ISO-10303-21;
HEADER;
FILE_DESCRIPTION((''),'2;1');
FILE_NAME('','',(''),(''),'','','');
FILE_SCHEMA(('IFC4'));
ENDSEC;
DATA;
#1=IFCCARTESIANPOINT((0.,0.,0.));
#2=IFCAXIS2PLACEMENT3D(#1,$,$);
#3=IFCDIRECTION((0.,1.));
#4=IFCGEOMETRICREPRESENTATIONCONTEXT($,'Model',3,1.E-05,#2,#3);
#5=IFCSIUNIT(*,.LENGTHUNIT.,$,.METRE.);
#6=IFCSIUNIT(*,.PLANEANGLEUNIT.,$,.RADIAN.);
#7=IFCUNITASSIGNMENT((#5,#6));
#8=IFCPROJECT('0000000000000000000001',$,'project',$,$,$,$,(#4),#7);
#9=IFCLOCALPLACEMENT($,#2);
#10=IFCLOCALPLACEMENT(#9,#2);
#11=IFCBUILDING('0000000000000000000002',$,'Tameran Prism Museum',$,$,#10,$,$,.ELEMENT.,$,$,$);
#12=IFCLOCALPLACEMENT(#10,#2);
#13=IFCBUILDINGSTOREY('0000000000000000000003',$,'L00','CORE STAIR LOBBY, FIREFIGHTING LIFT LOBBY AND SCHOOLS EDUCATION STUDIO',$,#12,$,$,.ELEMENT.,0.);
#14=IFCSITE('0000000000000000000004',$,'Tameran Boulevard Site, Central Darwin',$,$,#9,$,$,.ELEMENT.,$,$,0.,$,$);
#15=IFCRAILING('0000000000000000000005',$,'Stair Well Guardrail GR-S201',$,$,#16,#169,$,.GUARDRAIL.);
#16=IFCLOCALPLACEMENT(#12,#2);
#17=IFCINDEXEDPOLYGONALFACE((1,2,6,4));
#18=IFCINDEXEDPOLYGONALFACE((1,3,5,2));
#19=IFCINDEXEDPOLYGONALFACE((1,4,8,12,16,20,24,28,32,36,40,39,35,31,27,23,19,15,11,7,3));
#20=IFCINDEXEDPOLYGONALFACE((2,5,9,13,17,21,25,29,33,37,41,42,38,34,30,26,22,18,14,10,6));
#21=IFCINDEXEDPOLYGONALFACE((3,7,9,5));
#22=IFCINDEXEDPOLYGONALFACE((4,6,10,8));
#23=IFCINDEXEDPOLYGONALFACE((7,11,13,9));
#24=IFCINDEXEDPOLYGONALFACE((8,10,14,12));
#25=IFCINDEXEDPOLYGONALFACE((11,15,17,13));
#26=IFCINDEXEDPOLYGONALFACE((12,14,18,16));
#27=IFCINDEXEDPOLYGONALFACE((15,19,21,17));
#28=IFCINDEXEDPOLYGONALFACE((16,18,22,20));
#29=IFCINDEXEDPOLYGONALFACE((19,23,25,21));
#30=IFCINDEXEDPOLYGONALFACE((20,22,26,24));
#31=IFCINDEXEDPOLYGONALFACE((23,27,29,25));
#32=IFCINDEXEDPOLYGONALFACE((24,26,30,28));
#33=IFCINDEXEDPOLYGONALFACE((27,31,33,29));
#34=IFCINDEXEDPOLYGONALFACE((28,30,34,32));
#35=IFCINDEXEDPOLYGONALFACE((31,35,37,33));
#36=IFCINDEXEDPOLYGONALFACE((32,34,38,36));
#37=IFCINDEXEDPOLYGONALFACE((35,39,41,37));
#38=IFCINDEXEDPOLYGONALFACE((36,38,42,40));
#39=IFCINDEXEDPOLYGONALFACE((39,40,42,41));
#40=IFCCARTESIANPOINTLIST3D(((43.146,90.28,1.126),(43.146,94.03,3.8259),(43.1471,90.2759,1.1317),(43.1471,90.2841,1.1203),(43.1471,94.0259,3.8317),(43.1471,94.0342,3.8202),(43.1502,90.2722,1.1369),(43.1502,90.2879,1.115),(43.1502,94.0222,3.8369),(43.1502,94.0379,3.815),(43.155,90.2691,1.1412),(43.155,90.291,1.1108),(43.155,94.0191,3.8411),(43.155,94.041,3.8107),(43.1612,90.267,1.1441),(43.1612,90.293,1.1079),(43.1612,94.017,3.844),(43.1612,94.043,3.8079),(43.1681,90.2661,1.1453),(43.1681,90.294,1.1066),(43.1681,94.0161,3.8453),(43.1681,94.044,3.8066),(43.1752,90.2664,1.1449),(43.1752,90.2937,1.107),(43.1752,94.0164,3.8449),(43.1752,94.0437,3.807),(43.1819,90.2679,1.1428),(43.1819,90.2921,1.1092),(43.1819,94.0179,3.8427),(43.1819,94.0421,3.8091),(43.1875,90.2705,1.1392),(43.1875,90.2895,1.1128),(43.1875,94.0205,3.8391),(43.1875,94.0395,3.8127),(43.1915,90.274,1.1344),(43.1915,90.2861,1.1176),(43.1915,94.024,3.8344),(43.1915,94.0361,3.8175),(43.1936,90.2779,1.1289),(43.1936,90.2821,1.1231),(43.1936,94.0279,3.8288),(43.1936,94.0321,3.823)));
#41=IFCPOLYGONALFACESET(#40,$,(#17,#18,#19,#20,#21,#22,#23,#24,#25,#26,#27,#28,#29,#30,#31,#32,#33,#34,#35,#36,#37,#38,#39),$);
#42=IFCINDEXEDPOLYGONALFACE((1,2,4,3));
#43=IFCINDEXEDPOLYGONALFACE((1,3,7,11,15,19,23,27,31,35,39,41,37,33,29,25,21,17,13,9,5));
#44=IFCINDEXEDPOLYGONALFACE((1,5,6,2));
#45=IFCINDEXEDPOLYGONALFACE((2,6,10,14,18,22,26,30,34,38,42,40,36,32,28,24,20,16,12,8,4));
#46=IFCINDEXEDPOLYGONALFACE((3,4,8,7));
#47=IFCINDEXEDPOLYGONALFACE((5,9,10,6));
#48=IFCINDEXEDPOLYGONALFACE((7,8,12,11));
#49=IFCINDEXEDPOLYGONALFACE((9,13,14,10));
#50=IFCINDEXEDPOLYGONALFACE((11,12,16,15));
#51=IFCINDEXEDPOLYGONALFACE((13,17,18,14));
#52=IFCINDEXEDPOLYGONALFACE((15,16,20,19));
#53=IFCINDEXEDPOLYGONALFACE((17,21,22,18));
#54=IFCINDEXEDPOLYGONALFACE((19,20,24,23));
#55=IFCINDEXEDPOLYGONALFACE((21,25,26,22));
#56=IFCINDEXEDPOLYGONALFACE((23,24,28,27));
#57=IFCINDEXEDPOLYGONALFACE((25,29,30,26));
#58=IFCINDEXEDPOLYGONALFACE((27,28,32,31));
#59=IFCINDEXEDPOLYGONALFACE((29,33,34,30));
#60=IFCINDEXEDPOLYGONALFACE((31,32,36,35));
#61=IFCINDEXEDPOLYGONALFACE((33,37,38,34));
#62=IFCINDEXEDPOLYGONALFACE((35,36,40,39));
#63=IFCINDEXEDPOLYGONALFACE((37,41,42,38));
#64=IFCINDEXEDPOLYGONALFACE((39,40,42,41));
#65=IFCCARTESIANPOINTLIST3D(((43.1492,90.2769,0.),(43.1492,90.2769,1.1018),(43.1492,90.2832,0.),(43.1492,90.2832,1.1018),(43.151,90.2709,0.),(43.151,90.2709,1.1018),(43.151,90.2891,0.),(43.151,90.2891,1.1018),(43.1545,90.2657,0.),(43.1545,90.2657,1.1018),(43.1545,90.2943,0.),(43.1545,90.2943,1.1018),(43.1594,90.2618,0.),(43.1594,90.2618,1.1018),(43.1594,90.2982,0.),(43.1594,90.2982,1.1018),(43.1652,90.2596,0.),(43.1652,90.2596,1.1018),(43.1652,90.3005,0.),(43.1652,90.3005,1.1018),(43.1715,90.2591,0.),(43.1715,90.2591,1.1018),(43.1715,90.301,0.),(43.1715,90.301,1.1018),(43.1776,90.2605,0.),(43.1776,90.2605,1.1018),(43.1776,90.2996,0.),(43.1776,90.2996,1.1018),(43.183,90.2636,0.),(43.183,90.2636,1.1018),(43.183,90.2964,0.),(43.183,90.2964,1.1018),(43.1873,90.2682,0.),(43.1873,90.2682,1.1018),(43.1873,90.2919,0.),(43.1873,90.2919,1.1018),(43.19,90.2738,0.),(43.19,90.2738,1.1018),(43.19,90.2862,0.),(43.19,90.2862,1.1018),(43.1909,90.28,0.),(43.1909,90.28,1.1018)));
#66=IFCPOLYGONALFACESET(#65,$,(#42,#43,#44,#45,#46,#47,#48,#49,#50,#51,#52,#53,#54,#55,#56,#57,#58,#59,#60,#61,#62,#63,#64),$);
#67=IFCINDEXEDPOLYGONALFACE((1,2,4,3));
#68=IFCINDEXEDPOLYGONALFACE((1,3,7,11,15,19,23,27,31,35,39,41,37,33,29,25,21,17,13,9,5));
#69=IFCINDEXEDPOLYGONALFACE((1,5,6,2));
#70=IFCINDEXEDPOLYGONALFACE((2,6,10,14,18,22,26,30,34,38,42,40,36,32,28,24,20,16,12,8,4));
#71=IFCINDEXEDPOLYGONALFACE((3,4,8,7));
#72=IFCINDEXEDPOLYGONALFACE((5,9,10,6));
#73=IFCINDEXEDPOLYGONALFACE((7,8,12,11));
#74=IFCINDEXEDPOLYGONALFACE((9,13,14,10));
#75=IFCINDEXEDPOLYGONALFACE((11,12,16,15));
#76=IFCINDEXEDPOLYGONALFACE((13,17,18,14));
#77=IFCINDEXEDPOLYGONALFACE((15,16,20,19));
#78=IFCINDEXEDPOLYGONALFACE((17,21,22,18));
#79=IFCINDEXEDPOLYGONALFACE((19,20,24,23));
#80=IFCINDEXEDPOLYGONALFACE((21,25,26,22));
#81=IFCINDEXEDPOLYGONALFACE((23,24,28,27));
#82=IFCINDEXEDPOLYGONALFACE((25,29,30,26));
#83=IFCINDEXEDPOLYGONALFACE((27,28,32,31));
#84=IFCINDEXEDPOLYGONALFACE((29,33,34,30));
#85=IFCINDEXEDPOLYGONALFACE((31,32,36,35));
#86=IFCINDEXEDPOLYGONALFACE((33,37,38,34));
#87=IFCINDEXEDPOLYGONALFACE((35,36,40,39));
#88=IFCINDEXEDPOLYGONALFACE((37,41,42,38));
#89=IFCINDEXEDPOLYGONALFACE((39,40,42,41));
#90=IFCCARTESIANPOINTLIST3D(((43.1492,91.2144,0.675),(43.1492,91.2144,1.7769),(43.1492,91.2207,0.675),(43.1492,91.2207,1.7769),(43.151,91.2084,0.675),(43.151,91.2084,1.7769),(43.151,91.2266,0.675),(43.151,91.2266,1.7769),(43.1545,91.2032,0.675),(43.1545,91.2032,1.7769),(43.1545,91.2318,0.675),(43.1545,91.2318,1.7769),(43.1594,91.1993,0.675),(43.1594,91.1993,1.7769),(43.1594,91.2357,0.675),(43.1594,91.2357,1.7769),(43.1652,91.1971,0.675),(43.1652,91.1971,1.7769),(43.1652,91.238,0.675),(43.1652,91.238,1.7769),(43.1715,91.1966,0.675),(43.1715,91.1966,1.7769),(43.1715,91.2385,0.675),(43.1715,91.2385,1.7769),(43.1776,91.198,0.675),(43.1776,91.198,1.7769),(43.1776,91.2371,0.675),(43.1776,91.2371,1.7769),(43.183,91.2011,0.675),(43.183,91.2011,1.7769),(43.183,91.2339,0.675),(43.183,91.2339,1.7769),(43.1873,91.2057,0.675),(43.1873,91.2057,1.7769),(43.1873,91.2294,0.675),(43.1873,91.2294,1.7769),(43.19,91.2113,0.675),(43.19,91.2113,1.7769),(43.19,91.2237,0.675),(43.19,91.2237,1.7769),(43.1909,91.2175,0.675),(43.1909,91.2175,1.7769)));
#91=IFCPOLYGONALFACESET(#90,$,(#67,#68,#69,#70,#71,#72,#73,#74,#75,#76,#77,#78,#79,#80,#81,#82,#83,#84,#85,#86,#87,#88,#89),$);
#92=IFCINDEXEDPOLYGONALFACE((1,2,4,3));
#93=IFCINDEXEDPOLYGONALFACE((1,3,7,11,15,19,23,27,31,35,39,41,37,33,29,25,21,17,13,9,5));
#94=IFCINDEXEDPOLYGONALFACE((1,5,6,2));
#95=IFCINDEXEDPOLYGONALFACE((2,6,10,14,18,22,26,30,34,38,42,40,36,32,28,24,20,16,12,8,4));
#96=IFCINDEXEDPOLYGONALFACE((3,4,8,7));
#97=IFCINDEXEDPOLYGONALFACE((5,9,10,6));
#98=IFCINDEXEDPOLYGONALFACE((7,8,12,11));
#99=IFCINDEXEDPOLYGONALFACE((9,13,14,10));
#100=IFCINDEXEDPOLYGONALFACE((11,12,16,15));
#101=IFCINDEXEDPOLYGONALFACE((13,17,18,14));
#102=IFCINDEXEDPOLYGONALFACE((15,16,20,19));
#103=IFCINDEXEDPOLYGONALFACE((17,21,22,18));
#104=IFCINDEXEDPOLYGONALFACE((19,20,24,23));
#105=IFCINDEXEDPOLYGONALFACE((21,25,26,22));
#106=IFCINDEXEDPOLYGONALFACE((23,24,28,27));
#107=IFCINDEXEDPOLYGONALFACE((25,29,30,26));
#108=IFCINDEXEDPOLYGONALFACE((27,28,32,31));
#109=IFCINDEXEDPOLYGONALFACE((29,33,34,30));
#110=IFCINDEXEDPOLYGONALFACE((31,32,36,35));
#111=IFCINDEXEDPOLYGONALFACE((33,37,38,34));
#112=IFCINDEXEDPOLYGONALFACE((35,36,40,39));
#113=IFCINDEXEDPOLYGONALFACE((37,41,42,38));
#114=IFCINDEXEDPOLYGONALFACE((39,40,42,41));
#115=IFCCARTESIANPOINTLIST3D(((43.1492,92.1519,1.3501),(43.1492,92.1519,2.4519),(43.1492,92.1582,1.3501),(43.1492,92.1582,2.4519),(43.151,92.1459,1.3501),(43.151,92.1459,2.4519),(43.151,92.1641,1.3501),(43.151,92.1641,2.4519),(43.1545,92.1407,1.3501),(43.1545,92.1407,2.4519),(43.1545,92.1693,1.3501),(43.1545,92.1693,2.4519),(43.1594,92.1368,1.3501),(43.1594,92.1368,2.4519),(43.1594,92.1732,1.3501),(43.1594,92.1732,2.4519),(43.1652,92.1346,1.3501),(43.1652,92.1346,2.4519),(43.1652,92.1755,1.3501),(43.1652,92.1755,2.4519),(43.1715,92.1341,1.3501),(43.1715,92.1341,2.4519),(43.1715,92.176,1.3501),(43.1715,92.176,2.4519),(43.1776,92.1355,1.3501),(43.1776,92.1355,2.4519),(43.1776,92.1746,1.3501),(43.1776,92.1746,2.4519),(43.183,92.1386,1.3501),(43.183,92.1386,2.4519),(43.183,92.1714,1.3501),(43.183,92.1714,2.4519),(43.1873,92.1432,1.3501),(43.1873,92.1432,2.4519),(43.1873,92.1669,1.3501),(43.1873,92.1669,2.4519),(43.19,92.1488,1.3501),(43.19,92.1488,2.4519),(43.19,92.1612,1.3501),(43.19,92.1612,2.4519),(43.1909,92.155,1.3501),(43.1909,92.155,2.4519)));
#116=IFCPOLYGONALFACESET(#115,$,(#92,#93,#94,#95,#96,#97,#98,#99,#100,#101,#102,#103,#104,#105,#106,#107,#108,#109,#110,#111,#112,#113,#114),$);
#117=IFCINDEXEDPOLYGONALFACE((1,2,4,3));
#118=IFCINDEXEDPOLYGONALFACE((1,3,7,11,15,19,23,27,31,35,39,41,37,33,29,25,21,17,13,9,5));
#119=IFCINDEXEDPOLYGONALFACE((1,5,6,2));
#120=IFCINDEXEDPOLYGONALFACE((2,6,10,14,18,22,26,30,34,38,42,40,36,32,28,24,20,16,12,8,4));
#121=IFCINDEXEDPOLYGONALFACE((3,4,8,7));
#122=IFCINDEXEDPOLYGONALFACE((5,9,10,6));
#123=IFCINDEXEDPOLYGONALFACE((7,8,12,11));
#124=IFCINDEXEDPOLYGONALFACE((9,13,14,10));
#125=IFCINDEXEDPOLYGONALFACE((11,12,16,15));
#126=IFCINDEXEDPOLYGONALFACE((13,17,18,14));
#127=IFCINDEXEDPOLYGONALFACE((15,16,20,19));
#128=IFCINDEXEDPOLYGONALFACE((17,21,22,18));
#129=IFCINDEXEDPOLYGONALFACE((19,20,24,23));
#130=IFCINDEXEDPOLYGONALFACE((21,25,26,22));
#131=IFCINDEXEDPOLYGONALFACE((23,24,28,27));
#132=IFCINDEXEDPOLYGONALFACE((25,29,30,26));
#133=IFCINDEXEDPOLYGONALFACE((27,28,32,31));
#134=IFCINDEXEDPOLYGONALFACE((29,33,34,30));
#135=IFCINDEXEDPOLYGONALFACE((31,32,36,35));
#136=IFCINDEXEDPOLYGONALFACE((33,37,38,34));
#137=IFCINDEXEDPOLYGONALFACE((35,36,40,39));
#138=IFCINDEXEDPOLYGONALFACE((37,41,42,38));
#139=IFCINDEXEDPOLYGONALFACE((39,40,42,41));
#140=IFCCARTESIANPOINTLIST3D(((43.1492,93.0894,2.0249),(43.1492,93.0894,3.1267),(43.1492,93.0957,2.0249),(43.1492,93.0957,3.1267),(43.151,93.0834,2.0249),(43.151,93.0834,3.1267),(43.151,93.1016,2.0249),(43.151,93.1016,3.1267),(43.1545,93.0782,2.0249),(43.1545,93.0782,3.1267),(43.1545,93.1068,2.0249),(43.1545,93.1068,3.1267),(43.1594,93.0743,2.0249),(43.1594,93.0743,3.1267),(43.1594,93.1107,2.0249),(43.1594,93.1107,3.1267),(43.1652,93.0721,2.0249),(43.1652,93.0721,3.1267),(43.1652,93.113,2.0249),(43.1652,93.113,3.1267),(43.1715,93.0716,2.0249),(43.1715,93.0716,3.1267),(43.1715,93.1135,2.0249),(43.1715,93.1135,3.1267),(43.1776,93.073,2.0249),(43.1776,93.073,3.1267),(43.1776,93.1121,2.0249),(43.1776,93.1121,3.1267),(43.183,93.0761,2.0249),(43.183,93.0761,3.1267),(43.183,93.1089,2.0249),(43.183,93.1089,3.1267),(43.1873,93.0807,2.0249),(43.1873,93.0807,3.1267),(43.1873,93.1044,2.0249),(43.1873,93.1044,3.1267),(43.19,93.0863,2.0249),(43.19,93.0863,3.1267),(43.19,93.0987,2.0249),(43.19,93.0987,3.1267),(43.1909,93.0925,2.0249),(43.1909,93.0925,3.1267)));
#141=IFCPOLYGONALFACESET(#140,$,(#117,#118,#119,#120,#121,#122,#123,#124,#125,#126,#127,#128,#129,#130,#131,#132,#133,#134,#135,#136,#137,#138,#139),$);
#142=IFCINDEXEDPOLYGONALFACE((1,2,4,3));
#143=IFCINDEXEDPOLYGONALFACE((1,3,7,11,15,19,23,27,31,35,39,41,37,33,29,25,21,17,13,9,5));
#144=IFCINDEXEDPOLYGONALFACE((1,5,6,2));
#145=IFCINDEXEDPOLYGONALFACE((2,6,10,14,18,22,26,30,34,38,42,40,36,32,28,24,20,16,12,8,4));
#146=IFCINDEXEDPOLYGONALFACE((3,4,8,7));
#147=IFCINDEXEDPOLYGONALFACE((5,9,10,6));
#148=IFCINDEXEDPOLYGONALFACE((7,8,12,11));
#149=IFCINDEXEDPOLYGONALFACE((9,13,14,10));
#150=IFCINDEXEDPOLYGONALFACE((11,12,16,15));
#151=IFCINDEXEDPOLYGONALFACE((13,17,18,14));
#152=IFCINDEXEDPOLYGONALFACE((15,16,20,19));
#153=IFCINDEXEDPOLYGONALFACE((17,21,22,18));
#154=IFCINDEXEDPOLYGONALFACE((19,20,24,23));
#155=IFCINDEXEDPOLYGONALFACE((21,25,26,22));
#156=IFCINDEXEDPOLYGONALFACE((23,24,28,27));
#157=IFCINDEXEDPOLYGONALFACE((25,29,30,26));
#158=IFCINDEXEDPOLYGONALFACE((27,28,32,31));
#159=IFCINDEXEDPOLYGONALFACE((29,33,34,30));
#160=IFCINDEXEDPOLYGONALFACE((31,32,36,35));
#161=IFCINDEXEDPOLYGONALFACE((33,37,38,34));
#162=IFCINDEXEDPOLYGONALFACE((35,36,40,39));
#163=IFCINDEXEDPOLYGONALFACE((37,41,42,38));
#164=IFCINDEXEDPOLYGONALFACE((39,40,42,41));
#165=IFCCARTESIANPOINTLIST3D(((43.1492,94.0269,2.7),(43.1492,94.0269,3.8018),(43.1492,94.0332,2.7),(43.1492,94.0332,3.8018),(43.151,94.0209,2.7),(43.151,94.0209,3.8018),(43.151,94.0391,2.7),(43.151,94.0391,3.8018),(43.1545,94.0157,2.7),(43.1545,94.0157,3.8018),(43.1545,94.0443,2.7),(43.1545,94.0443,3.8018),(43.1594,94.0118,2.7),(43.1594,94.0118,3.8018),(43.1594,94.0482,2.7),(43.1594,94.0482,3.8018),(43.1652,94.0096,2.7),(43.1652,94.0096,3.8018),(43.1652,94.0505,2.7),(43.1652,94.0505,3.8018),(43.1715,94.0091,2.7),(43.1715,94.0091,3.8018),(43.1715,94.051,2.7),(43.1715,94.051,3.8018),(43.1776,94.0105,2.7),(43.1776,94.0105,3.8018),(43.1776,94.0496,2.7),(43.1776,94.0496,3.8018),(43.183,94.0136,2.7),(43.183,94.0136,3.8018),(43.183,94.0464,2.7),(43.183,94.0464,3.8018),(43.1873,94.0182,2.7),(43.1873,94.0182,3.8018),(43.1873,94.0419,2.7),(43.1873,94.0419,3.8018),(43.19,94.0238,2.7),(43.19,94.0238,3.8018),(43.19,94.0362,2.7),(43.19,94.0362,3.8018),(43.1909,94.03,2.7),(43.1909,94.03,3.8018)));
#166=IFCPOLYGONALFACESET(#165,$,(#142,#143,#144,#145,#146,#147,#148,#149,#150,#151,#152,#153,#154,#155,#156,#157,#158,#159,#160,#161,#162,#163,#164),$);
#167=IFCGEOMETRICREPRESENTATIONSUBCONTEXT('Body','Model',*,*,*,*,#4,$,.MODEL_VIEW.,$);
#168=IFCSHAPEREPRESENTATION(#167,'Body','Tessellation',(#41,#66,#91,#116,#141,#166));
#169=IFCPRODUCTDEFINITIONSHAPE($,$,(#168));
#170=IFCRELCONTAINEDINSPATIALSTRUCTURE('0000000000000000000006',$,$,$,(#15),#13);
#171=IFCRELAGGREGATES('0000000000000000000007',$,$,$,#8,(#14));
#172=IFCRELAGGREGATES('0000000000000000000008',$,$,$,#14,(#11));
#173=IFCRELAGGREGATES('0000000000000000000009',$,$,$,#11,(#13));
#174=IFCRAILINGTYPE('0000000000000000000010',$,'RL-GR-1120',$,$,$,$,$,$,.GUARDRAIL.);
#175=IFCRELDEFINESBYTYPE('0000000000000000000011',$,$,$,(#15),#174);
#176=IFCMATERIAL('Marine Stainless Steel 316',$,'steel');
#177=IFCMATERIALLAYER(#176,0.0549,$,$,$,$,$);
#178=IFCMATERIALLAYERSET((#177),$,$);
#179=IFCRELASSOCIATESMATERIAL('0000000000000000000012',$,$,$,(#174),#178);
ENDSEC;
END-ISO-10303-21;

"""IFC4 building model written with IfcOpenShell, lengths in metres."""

from ifc_helpers import new_model, si_unit, direction, frame, origin, origin_2d, place, context, subcontext, project, spatial, circle, extrude, material, layer, layer_set, type_object, element, save


model = new_model("IFC4")

# Units and contexts
model_context = context("Model", 3, precision=1e-05, world=origin(), true_north=direction((0.0, 1.0)))
body_context = subcontext(model_context, "Body", "Model", "MODEL_VIEW")
ifc_project = project(units=[si_unit("LENGTHUNIT", "METRE"), si_unit("PLANEANGLEUNIT", "RADIAN")], contexts=[model_context])

# Site, building, storey
site_placement = place(None, origin())
site = spatial("IfcSite", under=ifc_project, at=site_placement, Name="Tameran Boulevard Site, Central Darwin", CompositionType="ELEMENT", RefElevation=0.0)
building_placement = place(site_placement, origin())
building = spatial("IfcBuilding", under=site, at=building_placement, Name="Tameran Prism Museum", CompositionType="ELEMENT")
storey_placement = place(building_placement, origin())
storey = spatial("IfcBuildingStorey", under=building, at=storey_placement, Name="L00", Description="CORE STAIR LOBBY, FIREFIGHTING LIFT LOBBY AND SCHOOLS EDUCATION STUDIO", CompositionType="ELEMENT", Elevation=0.0)

# Railing
ifc_material_1 = material(Name="Marine Stainless Steel 316", Category="steel")
ifc_layer_1 = layer(ifc_material_1, 0.0549)
ifc_layer_set_1 = layer_set([ifc_layer_1])
railing_type_1 = type_object("IfcRailingType", Name="RL-GR-1120", PredefinedType="GUARDRAIL", material=ifc_layer_set_1)
railing_1_placement = place(storey_placement, frame((43.1699, 90.28, 0.0)))
element("IfcRailing", 1, at=railing_1_placement, inside=storey, type_object=railing_type_1, Name="Stair Well Guardrail GR-S201", PredefinedType="GUARDRAIL", context=body_context, shape_type="SweptSolid", body=[
    extrude(circle(Radius=0.0239, at=origin_2d()), frame((0.0, 0.0, 1.126), z_axis=(0.0, 0.811539, 0.584298), x_axis=(-1.0, 0.0, 0.0)), (0.0, 0.0, 1.0), 4.6208),
    extrude(circle(Radius=0.021, at=origin_2d()), origin(), (0.0, 0.0, 1.0), 1.1018),
    extrude(circle(Radius=0.021, at=origin_2d()), frame((0.0, 0.9375, 0.675)), (0.0, 0.0, 1.0), 1.1018),
    extrude(circle(Radius=0.021, at=origin_2d()), frame((0.0, 1.875, 1.3501)), (0.0, 0.0, 1.0), 1.1018),
    extrude(circle(Radius=0.021, at=origin_2d()), frame((0.0, 2.8125, 2.0249)), (0.0, 0.0, 1.0), 1.1018),
    extrude(circle(Radius=0.021, at=origin_2d()), frame((0.0, 3.75, 2.7)), (0.0, 0.0, 1.0), 1.1018),
])

save(model, "model.ifc")
